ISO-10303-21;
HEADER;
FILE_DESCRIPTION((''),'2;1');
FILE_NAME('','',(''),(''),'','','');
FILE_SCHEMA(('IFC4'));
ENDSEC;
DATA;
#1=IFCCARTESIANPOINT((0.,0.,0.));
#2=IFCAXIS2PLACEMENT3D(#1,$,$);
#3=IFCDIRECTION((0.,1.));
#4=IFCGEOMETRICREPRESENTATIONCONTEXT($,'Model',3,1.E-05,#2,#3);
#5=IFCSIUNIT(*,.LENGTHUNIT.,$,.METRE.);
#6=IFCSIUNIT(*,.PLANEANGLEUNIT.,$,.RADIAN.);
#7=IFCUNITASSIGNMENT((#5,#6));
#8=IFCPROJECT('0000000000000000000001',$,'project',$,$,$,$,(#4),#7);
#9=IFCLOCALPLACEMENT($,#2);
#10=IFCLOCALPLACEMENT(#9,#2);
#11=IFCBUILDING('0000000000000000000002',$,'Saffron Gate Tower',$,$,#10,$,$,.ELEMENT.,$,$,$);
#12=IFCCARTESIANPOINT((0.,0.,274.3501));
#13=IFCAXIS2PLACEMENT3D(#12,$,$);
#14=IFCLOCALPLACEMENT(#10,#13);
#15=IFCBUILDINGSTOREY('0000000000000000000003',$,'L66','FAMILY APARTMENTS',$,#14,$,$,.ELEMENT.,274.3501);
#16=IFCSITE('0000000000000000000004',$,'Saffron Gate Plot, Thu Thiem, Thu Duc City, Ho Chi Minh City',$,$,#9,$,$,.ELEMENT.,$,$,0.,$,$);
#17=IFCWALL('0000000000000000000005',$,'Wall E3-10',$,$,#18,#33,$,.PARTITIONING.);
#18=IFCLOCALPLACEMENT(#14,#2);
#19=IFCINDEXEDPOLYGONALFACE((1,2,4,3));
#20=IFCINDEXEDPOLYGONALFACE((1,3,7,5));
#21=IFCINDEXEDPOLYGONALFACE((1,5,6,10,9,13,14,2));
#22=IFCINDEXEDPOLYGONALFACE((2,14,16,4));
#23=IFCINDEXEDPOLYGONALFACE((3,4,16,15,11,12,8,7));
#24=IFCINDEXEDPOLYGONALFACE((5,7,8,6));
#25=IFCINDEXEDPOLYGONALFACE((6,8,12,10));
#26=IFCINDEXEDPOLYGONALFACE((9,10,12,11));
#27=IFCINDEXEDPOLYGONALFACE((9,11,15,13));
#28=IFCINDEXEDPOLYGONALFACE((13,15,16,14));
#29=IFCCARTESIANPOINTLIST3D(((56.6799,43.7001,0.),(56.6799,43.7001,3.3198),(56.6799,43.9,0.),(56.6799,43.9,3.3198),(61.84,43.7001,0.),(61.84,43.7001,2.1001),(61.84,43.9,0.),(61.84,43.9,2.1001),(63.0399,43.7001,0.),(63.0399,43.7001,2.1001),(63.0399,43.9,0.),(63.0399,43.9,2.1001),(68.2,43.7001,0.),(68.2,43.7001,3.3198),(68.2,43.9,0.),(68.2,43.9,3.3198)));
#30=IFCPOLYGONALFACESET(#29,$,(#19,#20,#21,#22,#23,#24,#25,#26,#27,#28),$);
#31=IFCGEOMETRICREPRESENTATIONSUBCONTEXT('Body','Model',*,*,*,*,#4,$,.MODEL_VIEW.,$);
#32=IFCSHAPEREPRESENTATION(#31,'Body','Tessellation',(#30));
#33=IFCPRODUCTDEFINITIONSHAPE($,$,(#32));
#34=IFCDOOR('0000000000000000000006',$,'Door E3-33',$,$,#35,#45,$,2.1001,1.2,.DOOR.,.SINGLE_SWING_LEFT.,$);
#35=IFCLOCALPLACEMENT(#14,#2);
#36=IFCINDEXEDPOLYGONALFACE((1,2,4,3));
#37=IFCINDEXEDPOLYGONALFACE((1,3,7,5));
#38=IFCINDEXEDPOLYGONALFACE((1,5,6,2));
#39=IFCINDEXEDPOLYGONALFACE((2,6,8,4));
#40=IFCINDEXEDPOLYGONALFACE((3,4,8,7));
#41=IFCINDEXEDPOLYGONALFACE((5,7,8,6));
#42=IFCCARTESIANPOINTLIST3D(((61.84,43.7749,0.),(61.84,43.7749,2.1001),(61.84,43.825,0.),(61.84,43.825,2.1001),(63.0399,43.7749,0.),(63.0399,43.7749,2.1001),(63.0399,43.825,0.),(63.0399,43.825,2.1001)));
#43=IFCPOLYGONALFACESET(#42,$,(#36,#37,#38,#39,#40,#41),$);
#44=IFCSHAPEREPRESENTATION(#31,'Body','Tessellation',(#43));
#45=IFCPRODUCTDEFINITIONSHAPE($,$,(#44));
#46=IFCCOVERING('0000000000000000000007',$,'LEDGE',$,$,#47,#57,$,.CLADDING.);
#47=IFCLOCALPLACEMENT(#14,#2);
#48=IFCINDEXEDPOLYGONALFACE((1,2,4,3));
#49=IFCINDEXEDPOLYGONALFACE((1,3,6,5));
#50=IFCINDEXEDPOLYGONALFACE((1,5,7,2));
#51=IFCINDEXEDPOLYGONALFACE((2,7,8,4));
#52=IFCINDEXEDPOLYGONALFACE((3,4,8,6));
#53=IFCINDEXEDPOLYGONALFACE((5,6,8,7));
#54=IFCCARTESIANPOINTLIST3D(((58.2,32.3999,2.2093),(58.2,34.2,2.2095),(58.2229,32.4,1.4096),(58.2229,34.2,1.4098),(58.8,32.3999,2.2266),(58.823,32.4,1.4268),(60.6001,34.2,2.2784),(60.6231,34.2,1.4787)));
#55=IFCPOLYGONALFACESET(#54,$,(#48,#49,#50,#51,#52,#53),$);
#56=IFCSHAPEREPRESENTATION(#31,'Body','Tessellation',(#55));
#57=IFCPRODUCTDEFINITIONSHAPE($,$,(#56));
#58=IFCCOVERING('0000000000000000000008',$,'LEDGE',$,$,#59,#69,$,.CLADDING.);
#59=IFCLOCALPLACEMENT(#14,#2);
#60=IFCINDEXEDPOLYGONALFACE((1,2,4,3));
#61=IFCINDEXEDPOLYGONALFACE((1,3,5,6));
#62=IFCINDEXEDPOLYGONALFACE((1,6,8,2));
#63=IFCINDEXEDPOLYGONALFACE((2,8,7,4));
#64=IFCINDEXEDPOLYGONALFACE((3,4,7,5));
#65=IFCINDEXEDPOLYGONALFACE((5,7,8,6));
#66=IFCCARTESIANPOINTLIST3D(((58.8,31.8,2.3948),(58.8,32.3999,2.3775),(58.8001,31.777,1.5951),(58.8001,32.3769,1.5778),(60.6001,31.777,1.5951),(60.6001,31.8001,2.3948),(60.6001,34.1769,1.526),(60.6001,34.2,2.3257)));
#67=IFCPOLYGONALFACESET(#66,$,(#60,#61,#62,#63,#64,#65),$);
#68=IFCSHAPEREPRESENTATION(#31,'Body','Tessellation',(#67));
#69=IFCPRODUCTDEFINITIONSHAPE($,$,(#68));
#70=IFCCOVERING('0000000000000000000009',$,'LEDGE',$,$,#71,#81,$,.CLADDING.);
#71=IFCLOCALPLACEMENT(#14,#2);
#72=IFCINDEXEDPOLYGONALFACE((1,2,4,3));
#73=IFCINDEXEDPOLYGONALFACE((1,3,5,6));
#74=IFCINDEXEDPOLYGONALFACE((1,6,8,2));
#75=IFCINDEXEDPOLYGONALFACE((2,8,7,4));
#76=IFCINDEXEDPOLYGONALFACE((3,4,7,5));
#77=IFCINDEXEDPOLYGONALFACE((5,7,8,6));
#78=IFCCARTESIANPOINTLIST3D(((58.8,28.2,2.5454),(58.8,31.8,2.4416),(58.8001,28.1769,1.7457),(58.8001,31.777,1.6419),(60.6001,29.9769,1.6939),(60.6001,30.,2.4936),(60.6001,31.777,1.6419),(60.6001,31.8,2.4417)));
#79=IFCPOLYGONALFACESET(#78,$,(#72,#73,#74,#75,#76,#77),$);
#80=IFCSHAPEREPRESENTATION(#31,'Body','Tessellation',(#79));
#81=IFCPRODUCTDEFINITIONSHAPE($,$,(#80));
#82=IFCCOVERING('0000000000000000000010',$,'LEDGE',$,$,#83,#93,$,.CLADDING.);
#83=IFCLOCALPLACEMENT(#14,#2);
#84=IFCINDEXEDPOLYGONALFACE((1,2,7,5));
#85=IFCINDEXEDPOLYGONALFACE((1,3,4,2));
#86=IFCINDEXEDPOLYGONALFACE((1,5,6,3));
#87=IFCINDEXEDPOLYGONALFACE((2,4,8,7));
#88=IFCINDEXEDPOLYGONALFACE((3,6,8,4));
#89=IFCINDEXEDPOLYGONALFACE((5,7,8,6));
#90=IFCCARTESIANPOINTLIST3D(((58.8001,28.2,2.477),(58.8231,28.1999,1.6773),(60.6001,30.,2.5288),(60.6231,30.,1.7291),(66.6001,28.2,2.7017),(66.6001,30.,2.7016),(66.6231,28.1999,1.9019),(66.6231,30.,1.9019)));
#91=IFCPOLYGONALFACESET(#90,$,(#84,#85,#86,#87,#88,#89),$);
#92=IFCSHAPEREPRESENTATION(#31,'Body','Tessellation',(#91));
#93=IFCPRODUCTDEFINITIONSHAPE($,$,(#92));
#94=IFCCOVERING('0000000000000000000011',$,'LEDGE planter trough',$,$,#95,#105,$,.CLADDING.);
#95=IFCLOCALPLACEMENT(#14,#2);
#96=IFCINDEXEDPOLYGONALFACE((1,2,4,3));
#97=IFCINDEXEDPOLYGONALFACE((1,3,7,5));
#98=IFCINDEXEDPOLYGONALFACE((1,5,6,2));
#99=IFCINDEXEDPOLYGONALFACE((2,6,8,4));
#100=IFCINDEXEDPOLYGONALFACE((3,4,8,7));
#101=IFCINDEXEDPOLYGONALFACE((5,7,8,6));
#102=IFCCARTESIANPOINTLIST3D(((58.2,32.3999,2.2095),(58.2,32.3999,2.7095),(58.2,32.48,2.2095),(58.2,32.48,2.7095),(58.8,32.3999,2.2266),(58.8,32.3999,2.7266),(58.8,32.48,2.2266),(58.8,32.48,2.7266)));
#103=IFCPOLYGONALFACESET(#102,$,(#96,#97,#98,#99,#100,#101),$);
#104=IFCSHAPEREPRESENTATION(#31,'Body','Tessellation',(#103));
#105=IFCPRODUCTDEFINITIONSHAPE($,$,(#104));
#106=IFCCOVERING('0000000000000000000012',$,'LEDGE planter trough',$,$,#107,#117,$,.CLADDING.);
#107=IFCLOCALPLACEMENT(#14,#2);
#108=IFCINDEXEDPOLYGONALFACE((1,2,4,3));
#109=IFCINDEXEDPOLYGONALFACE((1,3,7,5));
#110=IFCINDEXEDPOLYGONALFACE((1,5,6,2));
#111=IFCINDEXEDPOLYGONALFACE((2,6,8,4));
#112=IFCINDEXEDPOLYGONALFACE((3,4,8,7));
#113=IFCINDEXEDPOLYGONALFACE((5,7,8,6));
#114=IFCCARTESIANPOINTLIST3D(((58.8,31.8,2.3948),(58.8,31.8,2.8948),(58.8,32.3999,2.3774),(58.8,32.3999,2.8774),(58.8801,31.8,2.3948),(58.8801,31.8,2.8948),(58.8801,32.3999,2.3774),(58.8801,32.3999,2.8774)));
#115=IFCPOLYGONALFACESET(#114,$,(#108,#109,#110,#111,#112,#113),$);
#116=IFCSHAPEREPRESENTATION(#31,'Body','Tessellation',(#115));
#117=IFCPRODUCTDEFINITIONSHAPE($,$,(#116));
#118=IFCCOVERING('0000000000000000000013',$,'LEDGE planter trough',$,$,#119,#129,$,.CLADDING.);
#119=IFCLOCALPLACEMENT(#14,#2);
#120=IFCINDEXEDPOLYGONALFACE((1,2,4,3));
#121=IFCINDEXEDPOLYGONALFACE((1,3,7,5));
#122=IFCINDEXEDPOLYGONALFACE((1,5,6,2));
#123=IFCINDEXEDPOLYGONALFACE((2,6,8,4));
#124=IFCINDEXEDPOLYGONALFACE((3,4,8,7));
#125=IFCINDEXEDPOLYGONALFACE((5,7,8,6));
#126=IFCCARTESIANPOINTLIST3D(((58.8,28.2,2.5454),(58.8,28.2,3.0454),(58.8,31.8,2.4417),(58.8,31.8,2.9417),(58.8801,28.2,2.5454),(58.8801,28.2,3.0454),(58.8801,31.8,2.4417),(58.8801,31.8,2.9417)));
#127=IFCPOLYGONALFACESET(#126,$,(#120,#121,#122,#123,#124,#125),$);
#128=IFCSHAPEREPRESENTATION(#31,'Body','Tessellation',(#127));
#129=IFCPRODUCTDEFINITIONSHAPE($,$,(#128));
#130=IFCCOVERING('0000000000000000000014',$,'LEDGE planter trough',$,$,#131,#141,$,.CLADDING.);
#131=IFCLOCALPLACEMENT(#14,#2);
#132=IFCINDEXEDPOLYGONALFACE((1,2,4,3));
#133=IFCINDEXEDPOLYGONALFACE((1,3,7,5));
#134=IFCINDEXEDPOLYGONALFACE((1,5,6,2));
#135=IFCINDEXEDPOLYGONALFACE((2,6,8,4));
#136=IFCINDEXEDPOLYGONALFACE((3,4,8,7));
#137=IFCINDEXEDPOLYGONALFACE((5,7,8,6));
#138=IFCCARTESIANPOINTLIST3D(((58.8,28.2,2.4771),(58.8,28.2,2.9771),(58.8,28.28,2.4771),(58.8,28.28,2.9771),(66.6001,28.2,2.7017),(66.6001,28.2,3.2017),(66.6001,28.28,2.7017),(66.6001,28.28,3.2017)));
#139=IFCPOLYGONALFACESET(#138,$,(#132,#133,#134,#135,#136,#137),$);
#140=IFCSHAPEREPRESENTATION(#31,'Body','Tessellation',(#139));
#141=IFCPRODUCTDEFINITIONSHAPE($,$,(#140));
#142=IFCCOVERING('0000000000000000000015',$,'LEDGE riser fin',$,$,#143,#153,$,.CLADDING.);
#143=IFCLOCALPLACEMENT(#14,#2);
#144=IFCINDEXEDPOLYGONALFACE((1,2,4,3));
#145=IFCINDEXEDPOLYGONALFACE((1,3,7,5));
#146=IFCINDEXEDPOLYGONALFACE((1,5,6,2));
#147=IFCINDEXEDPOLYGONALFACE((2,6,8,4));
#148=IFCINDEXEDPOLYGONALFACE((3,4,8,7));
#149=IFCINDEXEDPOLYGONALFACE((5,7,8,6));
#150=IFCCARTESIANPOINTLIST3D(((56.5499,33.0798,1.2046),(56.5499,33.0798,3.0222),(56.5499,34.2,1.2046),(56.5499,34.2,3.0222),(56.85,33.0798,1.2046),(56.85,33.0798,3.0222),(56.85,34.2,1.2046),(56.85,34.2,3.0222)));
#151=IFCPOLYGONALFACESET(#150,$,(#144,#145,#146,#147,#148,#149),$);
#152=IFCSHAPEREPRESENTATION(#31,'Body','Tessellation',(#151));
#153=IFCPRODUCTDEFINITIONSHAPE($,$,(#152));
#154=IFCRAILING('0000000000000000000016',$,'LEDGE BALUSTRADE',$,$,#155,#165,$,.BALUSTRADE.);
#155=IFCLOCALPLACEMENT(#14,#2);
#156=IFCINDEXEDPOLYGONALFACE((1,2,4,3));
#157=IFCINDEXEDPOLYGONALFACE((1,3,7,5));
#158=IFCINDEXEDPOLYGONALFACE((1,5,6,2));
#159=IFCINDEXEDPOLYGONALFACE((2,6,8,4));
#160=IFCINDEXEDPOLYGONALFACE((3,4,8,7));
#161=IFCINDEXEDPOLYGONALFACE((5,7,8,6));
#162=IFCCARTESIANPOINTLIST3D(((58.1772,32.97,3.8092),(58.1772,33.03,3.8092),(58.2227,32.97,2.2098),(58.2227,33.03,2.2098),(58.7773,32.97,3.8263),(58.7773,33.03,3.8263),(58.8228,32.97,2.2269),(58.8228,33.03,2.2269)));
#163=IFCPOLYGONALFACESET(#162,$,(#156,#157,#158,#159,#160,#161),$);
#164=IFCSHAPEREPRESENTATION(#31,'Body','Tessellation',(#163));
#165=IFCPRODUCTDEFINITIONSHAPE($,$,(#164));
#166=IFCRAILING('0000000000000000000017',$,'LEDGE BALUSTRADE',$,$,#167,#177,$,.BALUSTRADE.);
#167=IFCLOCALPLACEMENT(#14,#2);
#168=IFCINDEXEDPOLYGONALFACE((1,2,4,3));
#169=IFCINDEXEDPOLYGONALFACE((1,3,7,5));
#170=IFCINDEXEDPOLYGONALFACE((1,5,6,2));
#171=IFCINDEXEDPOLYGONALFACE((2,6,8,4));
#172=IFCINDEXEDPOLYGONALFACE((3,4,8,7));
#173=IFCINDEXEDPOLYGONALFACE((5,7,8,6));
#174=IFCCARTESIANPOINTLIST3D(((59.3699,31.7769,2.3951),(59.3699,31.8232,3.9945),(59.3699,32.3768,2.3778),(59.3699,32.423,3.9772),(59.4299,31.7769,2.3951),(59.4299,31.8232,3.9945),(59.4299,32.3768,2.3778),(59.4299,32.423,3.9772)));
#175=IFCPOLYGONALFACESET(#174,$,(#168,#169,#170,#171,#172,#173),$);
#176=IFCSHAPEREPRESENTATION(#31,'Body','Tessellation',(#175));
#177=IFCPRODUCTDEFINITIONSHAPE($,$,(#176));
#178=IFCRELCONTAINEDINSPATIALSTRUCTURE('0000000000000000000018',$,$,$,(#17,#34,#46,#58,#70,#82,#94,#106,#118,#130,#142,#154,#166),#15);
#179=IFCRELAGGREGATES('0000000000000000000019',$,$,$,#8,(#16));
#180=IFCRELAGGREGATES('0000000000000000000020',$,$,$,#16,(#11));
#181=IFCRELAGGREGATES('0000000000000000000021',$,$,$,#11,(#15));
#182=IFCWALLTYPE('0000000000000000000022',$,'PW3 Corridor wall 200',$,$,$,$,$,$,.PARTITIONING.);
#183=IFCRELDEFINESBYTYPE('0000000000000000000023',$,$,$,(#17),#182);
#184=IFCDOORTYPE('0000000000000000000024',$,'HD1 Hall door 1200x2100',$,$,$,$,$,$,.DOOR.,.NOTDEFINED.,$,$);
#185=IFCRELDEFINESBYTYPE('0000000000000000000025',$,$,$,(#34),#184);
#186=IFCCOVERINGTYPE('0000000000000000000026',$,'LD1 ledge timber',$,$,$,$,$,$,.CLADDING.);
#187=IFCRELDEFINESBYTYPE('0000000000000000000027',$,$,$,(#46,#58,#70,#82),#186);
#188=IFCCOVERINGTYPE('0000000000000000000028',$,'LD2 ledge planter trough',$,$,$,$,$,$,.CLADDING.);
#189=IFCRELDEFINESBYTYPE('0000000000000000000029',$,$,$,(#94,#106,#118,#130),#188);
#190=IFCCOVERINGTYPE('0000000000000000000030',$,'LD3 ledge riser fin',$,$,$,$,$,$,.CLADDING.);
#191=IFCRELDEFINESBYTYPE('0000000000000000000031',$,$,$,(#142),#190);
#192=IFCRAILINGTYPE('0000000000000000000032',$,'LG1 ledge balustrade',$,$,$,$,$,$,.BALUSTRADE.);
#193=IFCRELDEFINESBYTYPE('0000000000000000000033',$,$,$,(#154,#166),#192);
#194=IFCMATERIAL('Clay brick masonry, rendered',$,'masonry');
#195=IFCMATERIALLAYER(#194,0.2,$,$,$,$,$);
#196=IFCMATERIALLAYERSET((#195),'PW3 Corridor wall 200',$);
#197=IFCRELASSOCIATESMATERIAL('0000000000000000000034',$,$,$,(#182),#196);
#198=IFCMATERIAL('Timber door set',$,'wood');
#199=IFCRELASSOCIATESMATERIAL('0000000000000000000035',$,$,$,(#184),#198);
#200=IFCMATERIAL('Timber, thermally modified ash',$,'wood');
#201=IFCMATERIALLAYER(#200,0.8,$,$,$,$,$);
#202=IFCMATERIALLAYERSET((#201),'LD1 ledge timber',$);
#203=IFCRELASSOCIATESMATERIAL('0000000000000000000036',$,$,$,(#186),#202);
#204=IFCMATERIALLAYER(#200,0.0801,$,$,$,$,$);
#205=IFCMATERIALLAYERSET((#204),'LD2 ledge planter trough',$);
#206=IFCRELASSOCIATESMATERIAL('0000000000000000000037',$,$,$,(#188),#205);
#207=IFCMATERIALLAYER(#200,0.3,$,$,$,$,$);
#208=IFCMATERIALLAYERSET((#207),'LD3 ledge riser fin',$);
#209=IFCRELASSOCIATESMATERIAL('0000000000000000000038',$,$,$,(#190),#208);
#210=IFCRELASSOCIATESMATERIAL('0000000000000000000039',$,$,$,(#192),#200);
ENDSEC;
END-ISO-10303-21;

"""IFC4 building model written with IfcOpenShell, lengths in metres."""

from ifc_helpers import new_model, si_unit, direction, frame, frame_2d, origin, origin_2d, place, context, subcontext, project, spatial, polyline, rectangle, outline, extrude, material, layer, layer_set, type_object, element, fill, save


model = new_model("IFC4")

# Units and contexts
model_context = context("Model", 3, precision=1e-05, world=origin(), true_north=direction((0.0, 1.0)))
body_context = subcontext(model_context, "Body", "Model", "MODEL_VIEW")
ifc_project = project(units=[si_unit("LENGTHUNIT", "METRE"), si_unit("PLANEANGLEUNIT", "RADIAN")], contexts=[model_context])

# Site, building, storey
site_placement = place(None, origin())
site = spatial("IfcSite", under=ifc_project, at=site_placement, Name="Saffron Gate Plot, Thu Thiem, Thu Duc City, Ho Chi Minh City", CompositionType="ELEMENT", RefElevation=0.0)
building_placement = place(site_placement, origin())
building = spatial("IfcBuilding", under=site, at=building_placement, Name="Saffron Gate Tower", CompositionType="ELEMENT")
storey_placement = place(building_placement, frame((0.0, 0.0, 274.3501)))
storey = spatial("IfcBuildingStorey", under=building, at=storey_placement, Name="L66", Description="FAMILY APARTMENTS", CompositionType="ELEMENT", Elevation=274.3501)

# Wall, opening, door
ifc_material_1 = material(Name="Timber door set", Category="wood")
ifc_material_2 = material(Name="Clay brick masonry, rendered", Category="masonry")
ifc_layer_1 = layer(ifc_material_2, 0.2)
ifc_layer_set_1 = layer_set([ifc_layer_1], Name="PW3 Corridor wall 200")
wall_type_1 = type_object("IfcWallType", Name="PW3 Corridor wall 200", PredefinedType="PARTITIONING", material=ifc_layer_set_1)
wall_1_placement = place(storey_placement, frame((56.6799, 43.8, 0.0), z_axis=(0.0, 0.0, 1.0), x_axis=(1.0, 0.0, 0.0)))
wall_1 = element("IfcWall", 1, at=wall_1_placement, inside=storey, type_object=wall_type_1, Name="Wall E3-10", PredefinedType="PARTITIONING", context=body_context, shape_type="SweptSolid", body=[
    extrude(rectangle(XDim=11.52, YDim=0.2, at=frame_2d((5.76, 0.0))), origin(), (0.0, 0.0, 1.0), 3.3198),
])
opening_1_placement = place(wall_1_placement, frame((5.1599, 0.0, 0.0)))
opening_1 = element("IfcOpeningElement", 2, at=opening_1_placement, cuts=wall_1, PredefinedType="OPENING", context=body_context, shape_type="SweptSolid", body=[
    extrude(rectangle(XDim=1.2, YDim=2.1001, at=frame_2d((0.6001, 1.05))), frame((0.0, 0.1099, 0.0), z_axis=(0.0, -1.0, 0.0), x_axis=(1.0, 0.0, 0.0)), (0.0, 0.0, 1.0), 0.22),
])
door_type_1 = type_object("IfcDoorType", Name="HD1 Hall door 1200x2100", OperationType="NOTDEFINED", PredefinedType="DOOR", material=ifc_material_1)
door_1_placement = place(opening_1_placement, origin())
door_1 = element("IfcDoor", 3, at=door_1_placement, inside=storey, type_object=door_type_1, Name="Door E3-33", OperationType="SINGLE_SWING_LEFT", OverallHeight=2.1001, OverallWidth=1.2, PredefinedType="DOOR", context=body_context, shape_type="SweptSolid", body=[
    extrude(rectangle(XDim=1.2, YDim=2.1001, at=frame_2d((0.6001, 1.05))), frame((0.0, 0.0249, 0.0), z_axis=(0.0, -1.0, 0.0), x_axis=(1.0, 0.0, 0.0)), (0.0, 0.0, 1.0), 0.05),
])
fill(opening_1, door_1)

# Coverings
ifc_material_3 = material(Name="Timber, thermally modified ash", Category="wood")
ifc_layer_2 = layer(ifc_material_3, 0.8)
ifc_layer_set_2 = layer_set([ifc_layer_2], Name="LD1 ledge timber")
covering_type_1 = type_object("IfcCoveringType", Name="LD1 ledge timber", PredefinedType="CLADDING", material=ifc_layer_set_2)
covering_1_placement = place(storey_placement, frame((58.2, 34.2, 2.2095), z_axis=(-0.028713, -0.000082, 0.999588), x_axis=(0.999588, 0.0, 0.028713)))
element("IfcCovering", 4, at=covering_1_placement, inside=storey, type_object=covering_type_1, Name="LEDGE", PredefinedType="CLADDING", context=body_context, shape_type="SweptSolid", body=[
    extrude(outline(polyline([(0.0, 0.0), (2.4011, 0.0), (0.6003, -1.8), (0.0, -1.8), (0.0, 0.0)])), origin(), (0.0, 0.0, -1.0), 0.8),
])
covering_2_placement = place(storey_placement, frame((60.6001, 34.2, 2.3257), z_axis=(-0.000029, 0.028799, 0.999585), x_axis=(0.0, -0.999585, 0.028799)))
element("IfcCovering", 5, at=covering_2_placement, inside=storey, type_object=covering_type_1, Name="LEDGE", PredefinedType="CLADDING", context=body_context, shape_type="SweptSolid", body=[
    extrude(outline(polyline([(0.0, 0.0), (2.4009, 0.0), (2.4009, -1.8), (1.8008, -1.8), (0.0, 0.0)])), origin(), (0.0, 0.0, -1.0), 0.8),
])
covering_3_placement = place(storey_placement, frame((60.6001, 31.8, 2.4417), z_axis=(-0.000045, 0.028832, 0.999584), x_axis=(0.0, -0.999584, 0.028832)))
element("IfcCovering", 6, at=covering_3_placement, inside=storey, type_object=covering_type_1, Name="LEDGE", PredefinedType="CLADDING", context=body_context, shape_type="SweptSolid", body=[
    extrude(outline(polyline([(0.0, 0.0), (1.8008, 0.0), (3.6016, -1.8), (0.0, -1.8), (0.0, 0.0)])), origin(), (0.0, 0.0, -1.0), 0.8),
])
covering_4_placement = place(storey_placement, frame((60.6001, 30.0, 2.5288), z_axis=(-0.028789, 0.000024, 0.999585), x_axis=(0.999585, 0.0, 0.028789)))
element("IfcCovering", 7, at=covering_4_placement, inside=storey, type_object=covering_type_1, Name="LEDGE", PredefinedType="CLADDING", context=body_context, shape_type="SweptSolid", body=[
    extrude(outline(polyline([(0.0, 0.0), (6.0025, 0.0), (6.0025, -1.8), (-1.8008, -1.8), (0.0, 0.0)])), origin(), (0.0, 0.0, -1.0), 0.8),
])
ifc_layer_3 = layer(ifc_material_3, 0.0801)
ifc_layer_set_3 = layer_set([ifc_layer_3], Name="LD2 ledge planter trough")
covering_type_2 = type_object("IfcCoveringType", Name="LD2 ledge planter trough", PredefinedType="CLADDING", material=ifc_layer_set_3)
covering_5_placement = place(storey_placement, frame((58.2, 32.3999, 2.2095), z_axis=(0.0, -1.0, 0.0), x_axis=(0.999595, 0.0, 0.028467)))
element("IfcCovering", 8, at=covering_5_placement, inside=storey, type_object=covering_type_2, Name="LEDGE planter trough", PredefinedType="CLADDING", context=body_context, shape_type="SweptSolid", body=[
    extrude(outline(polyline([(0.0, 0.0), (0.6003, 0.0), (0.6146, 0.4998), (0.0142, 0.4998), (0.0, 0.0)])), origin(), (0.0, 0.0, -1.0), 0.0801),
])
covering_6_placement = place(storey_placement, frame((58.8, 32.3999, 2.3774), z_axis=(-1.0, 0.0, 0.0), x_axis=(0.0, -0.999583, 0.028885)))
element("IfcCovering", 9, at=covering_6_placement, inside=storey, type_object=covering_type_2, Name="LEDGE planter trough", PredefinedType="CLADDING", context=body_context, shape_type="SweptSolid", body=[
    extrude(outline(polyline([(0.0, 0.0), (0.6001, 0.0), (0.6145, 0.4998), (0.0144, 0.4998), (0.0, 0.0)])), origin(), (0.0, 0.0, -1.0), 0.0801),
])
covering_7_placement = place(storey_placement, frame((58.8, 31.8, 2.4417), z_axis=(-1.0, 0.0, 0.0), x_axis=(0.0, -0.999585, 0.028809)))
element("IfcCovering", 10, at=covering_7_placement, inside=storey, type_object=covering_type_2, Name="LEDGE planter trough", PredefinedType="CLADDING", context=body_context, shape_type="SweptSolid", body=[
    extrude(outline(polyline([(0.0, 0.0), (3.6016, 0.0), (3.616, 0.4998), (0.0144, 0.4998), (0.0, 0.0)])), origin(), (0.0, 0.0, -1.0), 0.0801),
])
covering_8_placement = place(storey_placement, frame((58.8, 28.2, 2.4771), z_axis=(0.0, -1.0, 0.0), x_axis=(0.999586, 0.0, 0.028784)))
element("IfcCovering", 11, at=covering_8_placement, inside=storey, type_object=covering_type_2, Name="LEDGE planter trough", PredefinedType="CLADDING", context=body_context, shape_type="SweptSolid", body=[
    extrude(outline(polyline([(0.0, 0.0), (7.8033, 0.0), (7.8177, 0.4998), (0.0144, 0.4998), (0.0, 0.0)])), origin(), (0.0, 0.0, -1.0), 0.0801),
])
ifc_layer_4 = layer(ifc_material_3, 0.3)
ifc_layer_set_4 = layer_set([ifc_layer_4], Name="LD3 ledge riser fin")
covering_type_3 = type_object("IfcCoveringType", Name="LD3 ledge riser fin", PredefinedType="CLADDING", material=ifc_layer_set_4)
covering_9_placement = place(storey_placement, frame((56.7, 33.6399, 1.2046), z_axis=(0.0, 0.0, 1.0), x_axis=(1.0, 0.0, 0.0)))
element("IfcCovering", 12, at=covering_9_placement, inside=storey, type_object=covering_type_3, Name="LEDGE riser fin", PredefinedType="CLADDING", context=body_context, shape_type="SweptSolid", body=[
    extrude(rectangle(XDim=0.3, YDim=1.1201, at=origin_2d()), origin(), (0.0, 0.0, 1.0), 1.8176),
])

# Railings
railing_type = type_object("IfcRailingType", Name="LG1 ledge balustrade", PredefinedType="BALUSTRADE", material=ifc_material_3)
railing_1_placement = place(storey_placement, frame((58.2, 33.0, 2.2095)))
element("IfcRailing", 13, at=railing_1_placement, inside=storey, type_object=railing_type, Name="LEDGE BALUSTRADE", PredefinedType="BALUSTRADE", context=body_context, shape_type="SweptSolid", body=[
    extrude(rectangle(XDim=0.0601, YDim=1.6001, at=origin_2d()), frame((0.0, 0.0, 0.8), z_axis=(0.999595, 0.0, 0.028467), x_axis=(0.0, 1.0, 0.0)), (0.0, 0.0, 1.0), 0.6003),
])
railing_2_placement = place(storey_placement, frame((59.3999, 32.3999, 2.3774)))
element("IfcRailing", 14, at=railing_2_placement, inside=storey, type_object=railing_type, Name="LEDGE BALUSTRADE", PredefinedType="BALUSTRADE", context=body_context, shape_type="SweptSolid", body=[
    extrude(rectangle(XDim=0.0601, YDim=1.6001, at=origin_2d()), frame((0.0, 0.0, 0.8), z_axis=(0.0, -0.999583, 0.028885), x_axis=(1.0, 0.0, 0.0)), (0.0, 0.0, 1.0), 0.6001),
])

save(model, "model.ifc")
